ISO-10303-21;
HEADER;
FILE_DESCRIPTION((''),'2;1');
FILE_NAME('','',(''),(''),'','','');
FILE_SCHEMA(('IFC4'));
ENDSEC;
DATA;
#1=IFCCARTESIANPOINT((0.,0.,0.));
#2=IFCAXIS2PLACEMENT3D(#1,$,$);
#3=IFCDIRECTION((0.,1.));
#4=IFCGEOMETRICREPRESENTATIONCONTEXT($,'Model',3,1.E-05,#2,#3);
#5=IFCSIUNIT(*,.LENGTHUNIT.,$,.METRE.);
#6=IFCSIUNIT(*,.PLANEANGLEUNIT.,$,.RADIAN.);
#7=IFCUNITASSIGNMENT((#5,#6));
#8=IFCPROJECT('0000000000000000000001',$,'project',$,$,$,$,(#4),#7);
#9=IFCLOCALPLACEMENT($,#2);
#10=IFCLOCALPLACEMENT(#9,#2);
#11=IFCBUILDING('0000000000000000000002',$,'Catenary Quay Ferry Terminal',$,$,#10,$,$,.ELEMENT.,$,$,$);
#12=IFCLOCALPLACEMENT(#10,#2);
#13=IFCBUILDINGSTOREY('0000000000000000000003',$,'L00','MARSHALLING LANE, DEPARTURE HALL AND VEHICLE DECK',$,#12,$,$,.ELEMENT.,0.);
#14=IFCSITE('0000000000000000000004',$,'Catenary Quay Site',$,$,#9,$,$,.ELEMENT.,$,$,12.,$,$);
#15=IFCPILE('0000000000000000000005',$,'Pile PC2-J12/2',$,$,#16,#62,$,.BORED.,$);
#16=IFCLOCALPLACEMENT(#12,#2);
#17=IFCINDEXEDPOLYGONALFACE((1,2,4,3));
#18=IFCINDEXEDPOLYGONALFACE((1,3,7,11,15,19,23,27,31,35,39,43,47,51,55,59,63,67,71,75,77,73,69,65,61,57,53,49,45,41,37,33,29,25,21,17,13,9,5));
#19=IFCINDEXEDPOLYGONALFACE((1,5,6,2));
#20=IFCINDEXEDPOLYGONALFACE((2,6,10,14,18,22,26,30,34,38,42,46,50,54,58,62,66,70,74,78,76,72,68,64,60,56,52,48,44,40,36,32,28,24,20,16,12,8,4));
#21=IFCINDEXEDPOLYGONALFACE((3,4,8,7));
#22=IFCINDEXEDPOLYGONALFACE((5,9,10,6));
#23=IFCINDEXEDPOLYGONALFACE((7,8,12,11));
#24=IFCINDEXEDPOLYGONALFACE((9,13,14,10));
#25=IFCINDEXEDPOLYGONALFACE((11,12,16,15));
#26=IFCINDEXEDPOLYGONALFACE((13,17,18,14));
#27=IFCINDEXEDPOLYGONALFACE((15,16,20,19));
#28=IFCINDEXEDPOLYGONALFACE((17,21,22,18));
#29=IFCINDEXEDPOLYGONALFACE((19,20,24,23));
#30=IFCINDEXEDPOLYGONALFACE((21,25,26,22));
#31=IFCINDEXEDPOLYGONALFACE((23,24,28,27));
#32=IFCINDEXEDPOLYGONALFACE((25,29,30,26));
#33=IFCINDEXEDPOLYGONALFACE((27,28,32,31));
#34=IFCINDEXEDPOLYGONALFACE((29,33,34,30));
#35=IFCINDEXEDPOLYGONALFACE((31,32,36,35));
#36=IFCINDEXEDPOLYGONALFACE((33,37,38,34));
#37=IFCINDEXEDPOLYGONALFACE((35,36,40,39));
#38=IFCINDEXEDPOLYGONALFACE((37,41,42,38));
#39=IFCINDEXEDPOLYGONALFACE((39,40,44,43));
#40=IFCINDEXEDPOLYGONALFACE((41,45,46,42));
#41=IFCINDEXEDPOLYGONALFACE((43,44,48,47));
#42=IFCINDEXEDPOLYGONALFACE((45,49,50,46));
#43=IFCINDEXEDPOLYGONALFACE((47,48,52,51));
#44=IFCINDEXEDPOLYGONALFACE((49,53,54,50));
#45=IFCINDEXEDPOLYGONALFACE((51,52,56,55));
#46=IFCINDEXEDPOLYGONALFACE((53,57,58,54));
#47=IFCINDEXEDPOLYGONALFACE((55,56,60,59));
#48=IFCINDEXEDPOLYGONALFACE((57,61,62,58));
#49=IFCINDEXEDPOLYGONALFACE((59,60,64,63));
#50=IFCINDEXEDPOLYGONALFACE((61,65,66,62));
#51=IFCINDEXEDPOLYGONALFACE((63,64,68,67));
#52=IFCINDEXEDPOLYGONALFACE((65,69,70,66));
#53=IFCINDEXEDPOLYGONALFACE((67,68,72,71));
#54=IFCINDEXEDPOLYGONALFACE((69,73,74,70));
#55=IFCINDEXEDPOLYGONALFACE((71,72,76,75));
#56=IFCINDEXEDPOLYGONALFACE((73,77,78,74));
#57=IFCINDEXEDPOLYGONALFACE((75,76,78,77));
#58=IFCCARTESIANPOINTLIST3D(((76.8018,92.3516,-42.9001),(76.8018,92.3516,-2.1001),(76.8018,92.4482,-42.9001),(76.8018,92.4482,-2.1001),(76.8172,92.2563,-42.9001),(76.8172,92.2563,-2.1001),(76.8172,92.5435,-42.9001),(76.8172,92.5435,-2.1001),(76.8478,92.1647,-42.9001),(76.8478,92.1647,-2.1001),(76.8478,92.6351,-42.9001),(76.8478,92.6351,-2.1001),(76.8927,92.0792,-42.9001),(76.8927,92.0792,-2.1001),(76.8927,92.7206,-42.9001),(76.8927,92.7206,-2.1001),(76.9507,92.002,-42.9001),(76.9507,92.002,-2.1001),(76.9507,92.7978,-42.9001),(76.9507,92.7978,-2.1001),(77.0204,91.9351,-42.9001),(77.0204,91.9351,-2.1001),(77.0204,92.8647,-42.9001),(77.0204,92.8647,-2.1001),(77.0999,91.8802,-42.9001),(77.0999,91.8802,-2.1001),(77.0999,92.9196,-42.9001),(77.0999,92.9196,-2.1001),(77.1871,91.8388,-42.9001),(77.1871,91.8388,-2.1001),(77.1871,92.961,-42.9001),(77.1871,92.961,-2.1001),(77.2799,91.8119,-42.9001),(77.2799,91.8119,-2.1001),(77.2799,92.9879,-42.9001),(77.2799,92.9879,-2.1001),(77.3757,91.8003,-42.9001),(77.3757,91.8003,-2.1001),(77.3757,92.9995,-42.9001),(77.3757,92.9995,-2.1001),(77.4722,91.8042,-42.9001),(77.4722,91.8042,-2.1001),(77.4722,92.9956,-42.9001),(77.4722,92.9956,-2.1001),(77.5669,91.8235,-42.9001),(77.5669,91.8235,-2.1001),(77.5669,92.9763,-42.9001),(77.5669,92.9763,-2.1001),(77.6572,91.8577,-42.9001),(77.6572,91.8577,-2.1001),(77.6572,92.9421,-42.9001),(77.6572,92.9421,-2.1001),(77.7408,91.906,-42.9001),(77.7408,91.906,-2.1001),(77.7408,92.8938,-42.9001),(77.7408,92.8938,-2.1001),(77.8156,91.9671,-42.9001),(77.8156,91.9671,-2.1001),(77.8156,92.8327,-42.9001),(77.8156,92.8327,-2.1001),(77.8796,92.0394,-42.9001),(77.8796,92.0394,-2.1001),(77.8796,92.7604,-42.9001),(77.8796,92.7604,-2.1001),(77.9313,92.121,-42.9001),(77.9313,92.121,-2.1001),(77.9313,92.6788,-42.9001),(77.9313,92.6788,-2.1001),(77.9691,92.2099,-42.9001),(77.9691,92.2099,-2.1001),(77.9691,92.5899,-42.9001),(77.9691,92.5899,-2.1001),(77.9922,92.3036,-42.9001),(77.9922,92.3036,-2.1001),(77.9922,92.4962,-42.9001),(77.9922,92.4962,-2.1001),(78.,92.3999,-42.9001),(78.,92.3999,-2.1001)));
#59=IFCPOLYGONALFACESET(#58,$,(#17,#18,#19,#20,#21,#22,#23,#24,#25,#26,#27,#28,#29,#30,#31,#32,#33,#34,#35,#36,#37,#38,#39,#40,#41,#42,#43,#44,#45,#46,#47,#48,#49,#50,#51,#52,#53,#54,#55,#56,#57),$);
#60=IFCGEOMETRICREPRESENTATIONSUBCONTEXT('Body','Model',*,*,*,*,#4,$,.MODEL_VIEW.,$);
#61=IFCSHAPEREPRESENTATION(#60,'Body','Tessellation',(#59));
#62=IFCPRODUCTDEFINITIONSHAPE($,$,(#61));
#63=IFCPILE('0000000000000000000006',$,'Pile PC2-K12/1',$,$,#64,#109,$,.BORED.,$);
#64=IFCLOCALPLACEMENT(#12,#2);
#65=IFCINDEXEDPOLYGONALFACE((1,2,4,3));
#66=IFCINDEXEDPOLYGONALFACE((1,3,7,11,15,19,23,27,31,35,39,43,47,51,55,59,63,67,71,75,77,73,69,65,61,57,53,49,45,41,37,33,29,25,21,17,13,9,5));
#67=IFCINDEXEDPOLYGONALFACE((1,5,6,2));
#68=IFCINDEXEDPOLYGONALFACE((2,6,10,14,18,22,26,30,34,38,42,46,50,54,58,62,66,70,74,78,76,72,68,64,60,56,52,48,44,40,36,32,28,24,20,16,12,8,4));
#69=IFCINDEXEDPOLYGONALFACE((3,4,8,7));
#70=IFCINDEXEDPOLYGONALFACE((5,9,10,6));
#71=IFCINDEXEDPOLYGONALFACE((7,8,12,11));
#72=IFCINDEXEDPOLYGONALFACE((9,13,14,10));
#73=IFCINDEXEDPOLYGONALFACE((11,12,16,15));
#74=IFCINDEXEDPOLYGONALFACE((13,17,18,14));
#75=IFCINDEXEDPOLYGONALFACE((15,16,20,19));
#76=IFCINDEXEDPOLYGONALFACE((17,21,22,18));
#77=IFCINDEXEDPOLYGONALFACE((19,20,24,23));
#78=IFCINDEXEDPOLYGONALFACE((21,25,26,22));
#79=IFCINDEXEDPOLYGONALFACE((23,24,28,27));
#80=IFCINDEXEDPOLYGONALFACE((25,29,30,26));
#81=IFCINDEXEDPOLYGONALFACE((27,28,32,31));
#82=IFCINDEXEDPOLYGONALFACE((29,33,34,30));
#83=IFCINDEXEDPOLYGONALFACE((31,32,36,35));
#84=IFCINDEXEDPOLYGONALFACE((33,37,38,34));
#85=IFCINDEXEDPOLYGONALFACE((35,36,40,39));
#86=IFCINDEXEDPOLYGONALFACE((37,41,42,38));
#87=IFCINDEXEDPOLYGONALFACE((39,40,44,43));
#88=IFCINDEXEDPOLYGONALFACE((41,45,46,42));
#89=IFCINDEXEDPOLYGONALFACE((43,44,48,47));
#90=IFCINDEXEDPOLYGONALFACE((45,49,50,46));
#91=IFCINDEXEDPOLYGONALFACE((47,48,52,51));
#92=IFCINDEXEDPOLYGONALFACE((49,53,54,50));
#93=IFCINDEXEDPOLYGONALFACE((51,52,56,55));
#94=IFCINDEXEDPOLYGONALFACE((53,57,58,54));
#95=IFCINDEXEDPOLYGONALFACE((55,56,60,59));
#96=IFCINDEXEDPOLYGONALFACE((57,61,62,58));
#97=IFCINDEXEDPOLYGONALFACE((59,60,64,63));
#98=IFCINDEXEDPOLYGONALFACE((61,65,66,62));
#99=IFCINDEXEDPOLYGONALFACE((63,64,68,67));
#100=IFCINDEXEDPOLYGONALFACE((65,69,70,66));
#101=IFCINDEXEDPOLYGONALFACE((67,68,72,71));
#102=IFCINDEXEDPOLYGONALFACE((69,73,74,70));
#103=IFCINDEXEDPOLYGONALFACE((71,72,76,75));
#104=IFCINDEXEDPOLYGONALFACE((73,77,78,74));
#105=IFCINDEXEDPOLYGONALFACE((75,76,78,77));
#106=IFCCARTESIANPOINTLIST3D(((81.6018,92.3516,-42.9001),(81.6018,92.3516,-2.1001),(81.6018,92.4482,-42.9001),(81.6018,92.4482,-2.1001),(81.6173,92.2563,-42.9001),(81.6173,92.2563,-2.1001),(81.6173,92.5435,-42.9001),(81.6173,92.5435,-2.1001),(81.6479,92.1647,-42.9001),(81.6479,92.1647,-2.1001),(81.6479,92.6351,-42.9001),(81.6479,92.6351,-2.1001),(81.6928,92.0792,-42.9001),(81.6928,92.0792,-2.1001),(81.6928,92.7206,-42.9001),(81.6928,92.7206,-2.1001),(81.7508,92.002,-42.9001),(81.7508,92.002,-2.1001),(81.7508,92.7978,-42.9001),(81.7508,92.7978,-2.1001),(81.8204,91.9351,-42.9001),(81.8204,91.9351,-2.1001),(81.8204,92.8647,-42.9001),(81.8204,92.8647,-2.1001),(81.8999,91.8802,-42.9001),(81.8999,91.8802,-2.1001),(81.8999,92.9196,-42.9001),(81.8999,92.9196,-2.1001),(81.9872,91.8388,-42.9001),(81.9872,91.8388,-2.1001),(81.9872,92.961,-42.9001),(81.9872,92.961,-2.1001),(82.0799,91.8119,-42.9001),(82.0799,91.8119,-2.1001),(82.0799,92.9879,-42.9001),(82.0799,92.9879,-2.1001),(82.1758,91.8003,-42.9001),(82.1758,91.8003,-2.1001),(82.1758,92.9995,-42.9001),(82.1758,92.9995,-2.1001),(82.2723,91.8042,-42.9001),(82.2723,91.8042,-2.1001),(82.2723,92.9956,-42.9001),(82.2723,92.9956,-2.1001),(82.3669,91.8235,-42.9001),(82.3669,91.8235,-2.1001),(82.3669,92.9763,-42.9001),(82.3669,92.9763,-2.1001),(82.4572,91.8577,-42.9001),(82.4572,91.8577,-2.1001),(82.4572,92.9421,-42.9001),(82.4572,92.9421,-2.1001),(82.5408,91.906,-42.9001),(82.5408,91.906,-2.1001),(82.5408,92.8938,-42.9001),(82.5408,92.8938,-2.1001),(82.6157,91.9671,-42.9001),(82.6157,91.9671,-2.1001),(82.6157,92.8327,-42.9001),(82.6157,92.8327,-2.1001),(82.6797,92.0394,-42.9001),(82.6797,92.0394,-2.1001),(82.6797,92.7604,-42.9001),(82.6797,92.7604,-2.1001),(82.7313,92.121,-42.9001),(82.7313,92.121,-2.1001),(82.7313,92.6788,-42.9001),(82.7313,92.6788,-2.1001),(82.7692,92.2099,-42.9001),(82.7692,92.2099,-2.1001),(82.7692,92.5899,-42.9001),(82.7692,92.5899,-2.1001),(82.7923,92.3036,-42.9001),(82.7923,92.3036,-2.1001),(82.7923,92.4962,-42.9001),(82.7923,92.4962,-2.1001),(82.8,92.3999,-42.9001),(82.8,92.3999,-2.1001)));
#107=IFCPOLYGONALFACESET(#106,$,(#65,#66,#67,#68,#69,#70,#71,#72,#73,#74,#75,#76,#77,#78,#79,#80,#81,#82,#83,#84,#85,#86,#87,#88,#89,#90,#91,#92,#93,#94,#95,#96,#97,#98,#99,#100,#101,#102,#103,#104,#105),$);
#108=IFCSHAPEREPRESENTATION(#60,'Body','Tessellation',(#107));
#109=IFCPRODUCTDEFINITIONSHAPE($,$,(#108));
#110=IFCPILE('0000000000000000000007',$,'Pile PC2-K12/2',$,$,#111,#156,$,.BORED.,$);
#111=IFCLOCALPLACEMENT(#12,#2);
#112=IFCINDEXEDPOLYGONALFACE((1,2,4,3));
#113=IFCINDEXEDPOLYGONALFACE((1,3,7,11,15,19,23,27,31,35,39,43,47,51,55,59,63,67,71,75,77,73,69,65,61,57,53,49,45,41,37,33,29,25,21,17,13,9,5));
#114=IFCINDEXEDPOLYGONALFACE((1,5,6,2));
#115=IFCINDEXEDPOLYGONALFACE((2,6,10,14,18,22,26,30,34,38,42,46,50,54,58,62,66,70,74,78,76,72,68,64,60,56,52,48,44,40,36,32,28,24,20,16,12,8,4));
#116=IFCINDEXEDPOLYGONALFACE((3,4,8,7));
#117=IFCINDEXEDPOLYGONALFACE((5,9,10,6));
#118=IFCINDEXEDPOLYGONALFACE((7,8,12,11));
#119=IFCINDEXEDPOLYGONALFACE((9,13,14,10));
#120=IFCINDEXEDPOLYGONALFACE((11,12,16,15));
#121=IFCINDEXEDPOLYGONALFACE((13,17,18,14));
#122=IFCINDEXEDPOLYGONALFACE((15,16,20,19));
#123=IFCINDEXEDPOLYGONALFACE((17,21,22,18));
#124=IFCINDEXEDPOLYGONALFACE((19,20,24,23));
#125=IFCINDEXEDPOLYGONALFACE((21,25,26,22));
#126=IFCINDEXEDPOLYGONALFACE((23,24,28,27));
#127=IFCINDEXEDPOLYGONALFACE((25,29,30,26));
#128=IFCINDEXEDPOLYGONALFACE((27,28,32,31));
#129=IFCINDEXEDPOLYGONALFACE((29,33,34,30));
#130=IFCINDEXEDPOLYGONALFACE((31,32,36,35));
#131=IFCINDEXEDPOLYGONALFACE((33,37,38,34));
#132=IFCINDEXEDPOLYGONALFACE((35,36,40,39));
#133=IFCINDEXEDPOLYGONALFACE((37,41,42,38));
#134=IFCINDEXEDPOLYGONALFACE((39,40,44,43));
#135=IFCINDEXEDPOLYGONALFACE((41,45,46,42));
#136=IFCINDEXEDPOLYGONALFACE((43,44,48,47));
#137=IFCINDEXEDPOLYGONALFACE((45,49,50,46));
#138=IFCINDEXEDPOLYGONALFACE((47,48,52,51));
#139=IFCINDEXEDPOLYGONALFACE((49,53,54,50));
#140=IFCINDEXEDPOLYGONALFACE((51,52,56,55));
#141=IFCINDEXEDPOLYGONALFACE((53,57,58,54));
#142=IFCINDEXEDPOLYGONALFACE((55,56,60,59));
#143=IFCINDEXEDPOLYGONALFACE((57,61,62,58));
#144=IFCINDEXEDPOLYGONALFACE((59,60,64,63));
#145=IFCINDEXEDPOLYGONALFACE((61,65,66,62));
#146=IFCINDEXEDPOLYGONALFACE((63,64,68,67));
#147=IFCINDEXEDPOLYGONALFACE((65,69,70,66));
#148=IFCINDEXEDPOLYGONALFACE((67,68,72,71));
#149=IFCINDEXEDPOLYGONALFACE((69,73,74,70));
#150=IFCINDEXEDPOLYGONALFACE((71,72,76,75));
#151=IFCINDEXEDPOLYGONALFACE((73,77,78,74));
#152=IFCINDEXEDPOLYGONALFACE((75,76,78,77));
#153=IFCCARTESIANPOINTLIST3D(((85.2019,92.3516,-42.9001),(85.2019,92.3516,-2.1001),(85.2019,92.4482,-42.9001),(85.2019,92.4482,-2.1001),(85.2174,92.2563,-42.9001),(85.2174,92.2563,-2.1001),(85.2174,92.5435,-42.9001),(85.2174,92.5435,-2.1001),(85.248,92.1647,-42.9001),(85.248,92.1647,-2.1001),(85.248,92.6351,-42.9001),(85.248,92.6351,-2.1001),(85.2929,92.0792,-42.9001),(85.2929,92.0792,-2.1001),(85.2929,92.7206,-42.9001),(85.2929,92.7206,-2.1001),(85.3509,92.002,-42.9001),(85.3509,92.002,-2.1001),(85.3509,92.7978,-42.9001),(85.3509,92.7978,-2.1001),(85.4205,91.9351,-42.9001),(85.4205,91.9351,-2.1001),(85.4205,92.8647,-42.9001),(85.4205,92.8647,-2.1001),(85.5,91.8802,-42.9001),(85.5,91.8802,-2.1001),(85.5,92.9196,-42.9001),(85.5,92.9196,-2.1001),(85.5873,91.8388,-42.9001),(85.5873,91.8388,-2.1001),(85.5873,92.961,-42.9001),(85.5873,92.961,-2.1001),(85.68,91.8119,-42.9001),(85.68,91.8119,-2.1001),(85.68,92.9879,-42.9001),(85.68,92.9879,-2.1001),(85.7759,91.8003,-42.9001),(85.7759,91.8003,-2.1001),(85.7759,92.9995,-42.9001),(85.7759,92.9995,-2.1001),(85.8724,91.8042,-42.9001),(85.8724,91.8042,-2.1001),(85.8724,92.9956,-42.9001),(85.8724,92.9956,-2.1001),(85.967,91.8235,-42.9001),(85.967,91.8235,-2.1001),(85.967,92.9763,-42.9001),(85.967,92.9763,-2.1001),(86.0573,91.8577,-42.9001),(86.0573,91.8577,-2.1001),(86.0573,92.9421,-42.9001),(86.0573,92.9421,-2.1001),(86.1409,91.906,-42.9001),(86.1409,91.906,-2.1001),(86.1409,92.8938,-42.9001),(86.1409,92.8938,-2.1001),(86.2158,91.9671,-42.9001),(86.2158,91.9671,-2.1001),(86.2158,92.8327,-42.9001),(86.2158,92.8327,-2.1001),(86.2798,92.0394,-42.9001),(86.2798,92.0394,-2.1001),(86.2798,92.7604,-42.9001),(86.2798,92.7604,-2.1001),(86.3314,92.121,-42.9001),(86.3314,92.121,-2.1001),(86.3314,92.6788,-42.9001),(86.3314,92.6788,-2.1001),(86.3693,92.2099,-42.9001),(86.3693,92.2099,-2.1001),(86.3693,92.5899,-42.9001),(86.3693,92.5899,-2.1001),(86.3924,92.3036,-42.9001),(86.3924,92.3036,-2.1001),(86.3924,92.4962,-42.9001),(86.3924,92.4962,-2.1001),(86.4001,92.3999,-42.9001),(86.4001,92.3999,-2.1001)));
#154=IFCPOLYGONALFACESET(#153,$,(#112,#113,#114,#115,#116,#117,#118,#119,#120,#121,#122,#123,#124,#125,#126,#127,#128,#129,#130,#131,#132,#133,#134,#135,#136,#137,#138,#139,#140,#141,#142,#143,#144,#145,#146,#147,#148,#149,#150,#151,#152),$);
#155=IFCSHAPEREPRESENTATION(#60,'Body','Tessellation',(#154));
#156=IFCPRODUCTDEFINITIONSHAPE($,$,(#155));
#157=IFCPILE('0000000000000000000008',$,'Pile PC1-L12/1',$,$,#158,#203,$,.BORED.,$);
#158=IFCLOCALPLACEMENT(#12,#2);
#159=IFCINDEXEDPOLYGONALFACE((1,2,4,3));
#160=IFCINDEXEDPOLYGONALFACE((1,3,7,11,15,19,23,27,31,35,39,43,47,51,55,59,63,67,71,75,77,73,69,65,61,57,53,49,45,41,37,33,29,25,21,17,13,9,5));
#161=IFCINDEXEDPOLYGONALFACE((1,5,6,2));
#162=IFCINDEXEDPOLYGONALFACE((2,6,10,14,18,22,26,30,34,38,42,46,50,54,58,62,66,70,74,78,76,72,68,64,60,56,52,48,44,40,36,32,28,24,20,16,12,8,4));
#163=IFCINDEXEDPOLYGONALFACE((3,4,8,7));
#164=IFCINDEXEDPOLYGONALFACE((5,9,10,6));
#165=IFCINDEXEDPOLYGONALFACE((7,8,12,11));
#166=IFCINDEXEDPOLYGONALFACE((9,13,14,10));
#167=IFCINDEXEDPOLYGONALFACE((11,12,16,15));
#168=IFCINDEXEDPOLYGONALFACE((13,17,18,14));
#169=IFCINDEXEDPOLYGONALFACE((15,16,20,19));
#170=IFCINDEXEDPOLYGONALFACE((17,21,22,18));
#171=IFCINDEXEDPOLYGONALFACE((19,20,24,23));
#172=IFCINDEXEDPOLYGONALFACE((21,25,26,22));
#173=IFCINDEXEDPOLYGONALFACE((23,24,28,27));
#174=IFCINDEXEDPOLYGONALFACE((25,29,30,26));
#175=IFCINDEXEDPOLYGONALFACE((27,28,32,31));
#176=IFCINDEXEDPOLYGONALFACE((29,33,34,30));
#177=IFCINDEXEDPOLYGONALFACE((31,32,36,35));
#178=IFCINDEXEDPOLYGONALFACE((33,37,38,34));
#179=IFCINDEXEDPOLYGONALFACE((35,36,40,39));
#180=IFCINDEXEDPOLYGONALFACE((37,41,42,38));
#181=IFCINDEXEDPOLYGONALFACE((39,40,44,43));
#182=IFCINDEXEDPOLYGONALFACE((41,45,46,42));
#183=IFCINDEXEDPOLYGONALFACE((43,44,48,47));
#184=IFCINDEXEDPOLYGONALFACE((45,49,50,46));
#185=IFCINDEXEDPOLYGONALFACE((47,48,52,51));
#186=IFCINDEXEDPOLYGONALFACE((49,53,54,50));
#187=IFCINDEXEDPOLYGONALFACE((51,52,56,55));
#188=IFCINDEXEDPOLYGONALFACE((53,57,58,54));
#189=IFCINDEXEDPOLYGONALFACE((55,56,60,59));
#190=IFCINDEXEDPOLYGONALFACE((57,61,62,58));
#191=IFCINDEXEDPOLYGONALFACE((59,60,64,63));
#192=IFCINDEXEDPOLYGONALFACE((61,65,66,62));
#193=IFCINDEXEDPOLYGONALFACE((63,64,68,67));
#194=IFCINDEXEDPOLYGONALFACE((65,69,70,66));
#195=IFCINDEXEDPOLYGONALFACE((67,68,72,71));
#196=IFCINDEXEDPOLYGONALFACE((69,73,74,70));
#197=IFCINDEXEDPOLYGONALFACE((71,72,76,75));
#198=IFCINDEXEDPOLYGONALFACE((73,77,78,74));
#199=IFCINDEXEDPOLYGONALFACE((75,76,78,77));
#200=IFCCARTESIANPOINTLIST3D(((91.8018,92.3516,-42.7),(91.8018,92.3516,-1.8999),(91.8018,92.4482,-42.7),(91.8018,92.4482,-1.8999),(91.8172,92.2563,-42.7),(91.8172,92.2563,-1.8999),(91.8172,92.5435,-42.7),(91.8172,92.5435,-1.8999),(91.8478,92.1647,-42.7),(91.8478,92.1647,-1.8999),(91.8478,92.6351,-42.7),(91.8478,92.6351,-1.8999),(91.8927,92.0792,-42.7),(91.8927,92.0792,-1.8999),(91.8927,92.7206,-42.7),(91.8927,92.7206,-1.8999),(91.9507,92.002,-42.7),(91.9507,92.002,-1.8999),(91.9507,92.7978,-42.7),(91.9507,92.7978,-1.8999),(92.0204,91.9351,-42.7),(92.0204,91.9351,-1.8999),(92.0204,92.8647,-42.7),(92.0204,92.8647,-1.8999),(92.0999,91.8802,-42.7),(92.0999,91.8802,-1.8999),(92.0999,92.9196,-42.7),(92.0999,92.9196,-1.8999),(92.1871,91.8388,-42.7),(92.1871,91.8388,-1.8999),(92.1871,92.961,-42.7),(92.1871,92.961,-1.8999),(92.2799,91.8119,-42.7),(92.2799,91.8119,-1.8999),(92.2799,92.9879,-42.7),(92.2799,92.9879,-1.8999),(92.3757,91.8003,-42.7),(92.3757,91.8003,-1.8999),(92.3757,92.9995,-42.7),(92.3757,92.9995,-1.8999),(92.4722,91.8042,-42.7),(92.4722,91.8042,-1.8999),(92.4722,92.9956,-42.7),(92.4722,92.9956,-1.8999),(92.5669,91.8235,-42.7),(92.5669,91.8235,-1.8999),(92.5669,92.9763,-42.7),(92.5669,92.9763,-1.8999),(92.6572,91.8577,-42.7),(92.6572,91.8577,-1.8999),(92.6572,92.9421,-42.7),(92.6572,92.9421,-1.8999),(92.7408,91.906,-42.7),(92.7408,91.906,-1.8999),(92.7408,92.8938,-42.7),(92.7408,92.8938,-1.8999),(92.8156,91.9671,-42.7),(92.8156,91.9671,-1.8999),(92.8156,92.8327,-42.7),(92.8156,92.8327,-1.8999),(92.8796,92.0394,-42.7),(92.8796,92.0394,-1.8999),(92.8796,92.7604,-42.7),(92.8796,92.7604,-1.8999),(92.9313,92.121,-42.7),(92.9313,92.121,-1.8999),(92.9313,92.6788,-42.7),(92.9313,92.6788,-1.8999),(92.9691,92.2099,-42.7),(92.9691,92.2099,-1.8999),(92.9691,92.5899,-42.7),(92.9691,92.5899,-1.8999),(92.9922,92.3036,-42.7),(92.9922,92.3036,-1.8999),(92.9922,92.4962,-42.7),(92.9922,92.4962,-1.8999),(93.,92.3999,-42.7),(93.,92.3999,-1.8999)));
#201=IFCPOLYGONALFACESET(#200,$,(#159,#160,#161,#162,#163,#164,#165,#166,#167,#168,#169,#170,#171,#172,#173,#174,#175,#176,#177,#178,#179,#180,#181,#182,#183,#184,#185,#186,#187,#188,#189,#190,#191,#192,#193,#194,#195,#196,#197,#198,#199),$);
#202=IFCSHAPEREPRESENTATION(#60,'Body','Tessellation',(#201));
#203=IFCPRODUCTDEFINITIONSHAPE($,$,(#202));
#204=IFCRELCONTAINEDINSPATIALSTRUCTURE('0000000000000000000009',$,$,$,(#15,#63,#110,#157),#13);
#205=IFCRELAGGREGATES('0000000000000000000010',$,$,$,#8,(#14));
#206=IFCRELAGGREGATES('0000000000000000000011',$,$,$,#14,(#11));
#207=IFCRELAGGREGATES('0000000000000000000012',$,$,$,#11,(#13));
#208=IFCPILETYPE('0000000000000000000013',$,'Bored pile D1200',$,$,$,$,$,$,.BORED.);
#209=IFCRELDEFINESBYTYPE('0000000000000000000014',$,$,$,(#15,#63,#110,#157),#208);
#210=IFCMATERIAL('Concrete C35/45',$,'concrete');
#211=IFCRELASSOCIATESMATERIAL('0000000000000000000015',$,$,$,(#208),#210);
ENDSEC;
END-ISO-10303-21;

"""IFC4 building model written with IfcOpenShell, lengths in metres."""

from ifc_helpers import new_model, si_unit, direction, frame, origin, origin_2d, place, context, subcontext, project, spatial, circle, extrude, material, material_profile, profile_set, type_object, element, save


model = new_model("IFC4")

# Units and contexts
model_context = context("Model", 3, precision=1e-05, world=origin(), true_north=direction((0.0, 1.0)))
body_context = subcontext(model_context, "Body", "Model", "MODEL_VIEW")
ifc_project = project(units=[si_unit("LENGTHUNIT", "METRE"), si_unit("PLANEANGLEUNIT", "RADIAN")], contexts=[model_context])

# Site, building, storey
site_placement = place(None, origin())
site = spatial("IfcSite", under=ifc_project, at=site_placement, Name="Catenary Quay Site", CompositionType="ELEMENT", RefElevation=12.0)
building_placement = place(site_placement, origin())
building = spatial("IfcBuilding", under=site, at=building_placement, Name="Catenary Quay Ferry Terminal", CompositionType="ELEMENT")
storey_placement = place(building_placement, origin())
storey = spatial("IfcBuildingStorey", under=building, at=storey_placement, Name="L00", Description="MARSHALLING LANE, DEPARTURE HALL AND VEHICLE DECK", CompositionType="ELEMENT", Elevation=0.0)

# Piles
ifc_material_1 = material(Name="Concrete C35/45", Category="concrete")
ifc_material_profile_1 = material_profile(ifc_material_1, circle(Radius=0.6001, at=origin_2d()), Name="D1200")
ifc_profile_set_1 = profile_set([ifc_material_profile_1], Name="Concrete C35/45")
pile_type = type_object("IfcPileType", Name="Bored pile D1200", PredefinedType="BORED", material=ifc_profile_set_1)
for number, where, z_axis, x_axis, name in (
    (1, (77.3999, 92.3999, -2.1001), (0.0, 0.0, -1.0), (1.0, 0.0, 0.0), "Pile PC2-J12/2"),
    (2, (82.2, 92.3999, -2.1001), (0.0, 0.0, -1.0), (1.0, 0.0, 0.0), "Pile PC2-K12/1"),
    (3, (85.8, 92.3999, -2.1001), (0.0, 0.0, -1.0), (1.0, 0.0, 0.0), "Pile PC2-K12/2"),
    (4, (92.3999, 92.3999, -1.8999), (0.0, 0.0, -1.0), (1.0, 0.0, 0.0), "Pile PC1-L12/1"),
):
    element("IfcPile", number, at=place(storey_placement, frame(where, z_axis=z_axis, x_axis=x_axis)), inside=storey, type_object=pile_type, Name=name, PredefinedType="BORED", context=body_context, shape_type="SweptSolid", body=[
        extrude(circle(Radius=0.6001, at=origin_2d()), origin(), (0.0, 0.0, 1.0), 40.8),
    ])

save(model, "model.ifc")
